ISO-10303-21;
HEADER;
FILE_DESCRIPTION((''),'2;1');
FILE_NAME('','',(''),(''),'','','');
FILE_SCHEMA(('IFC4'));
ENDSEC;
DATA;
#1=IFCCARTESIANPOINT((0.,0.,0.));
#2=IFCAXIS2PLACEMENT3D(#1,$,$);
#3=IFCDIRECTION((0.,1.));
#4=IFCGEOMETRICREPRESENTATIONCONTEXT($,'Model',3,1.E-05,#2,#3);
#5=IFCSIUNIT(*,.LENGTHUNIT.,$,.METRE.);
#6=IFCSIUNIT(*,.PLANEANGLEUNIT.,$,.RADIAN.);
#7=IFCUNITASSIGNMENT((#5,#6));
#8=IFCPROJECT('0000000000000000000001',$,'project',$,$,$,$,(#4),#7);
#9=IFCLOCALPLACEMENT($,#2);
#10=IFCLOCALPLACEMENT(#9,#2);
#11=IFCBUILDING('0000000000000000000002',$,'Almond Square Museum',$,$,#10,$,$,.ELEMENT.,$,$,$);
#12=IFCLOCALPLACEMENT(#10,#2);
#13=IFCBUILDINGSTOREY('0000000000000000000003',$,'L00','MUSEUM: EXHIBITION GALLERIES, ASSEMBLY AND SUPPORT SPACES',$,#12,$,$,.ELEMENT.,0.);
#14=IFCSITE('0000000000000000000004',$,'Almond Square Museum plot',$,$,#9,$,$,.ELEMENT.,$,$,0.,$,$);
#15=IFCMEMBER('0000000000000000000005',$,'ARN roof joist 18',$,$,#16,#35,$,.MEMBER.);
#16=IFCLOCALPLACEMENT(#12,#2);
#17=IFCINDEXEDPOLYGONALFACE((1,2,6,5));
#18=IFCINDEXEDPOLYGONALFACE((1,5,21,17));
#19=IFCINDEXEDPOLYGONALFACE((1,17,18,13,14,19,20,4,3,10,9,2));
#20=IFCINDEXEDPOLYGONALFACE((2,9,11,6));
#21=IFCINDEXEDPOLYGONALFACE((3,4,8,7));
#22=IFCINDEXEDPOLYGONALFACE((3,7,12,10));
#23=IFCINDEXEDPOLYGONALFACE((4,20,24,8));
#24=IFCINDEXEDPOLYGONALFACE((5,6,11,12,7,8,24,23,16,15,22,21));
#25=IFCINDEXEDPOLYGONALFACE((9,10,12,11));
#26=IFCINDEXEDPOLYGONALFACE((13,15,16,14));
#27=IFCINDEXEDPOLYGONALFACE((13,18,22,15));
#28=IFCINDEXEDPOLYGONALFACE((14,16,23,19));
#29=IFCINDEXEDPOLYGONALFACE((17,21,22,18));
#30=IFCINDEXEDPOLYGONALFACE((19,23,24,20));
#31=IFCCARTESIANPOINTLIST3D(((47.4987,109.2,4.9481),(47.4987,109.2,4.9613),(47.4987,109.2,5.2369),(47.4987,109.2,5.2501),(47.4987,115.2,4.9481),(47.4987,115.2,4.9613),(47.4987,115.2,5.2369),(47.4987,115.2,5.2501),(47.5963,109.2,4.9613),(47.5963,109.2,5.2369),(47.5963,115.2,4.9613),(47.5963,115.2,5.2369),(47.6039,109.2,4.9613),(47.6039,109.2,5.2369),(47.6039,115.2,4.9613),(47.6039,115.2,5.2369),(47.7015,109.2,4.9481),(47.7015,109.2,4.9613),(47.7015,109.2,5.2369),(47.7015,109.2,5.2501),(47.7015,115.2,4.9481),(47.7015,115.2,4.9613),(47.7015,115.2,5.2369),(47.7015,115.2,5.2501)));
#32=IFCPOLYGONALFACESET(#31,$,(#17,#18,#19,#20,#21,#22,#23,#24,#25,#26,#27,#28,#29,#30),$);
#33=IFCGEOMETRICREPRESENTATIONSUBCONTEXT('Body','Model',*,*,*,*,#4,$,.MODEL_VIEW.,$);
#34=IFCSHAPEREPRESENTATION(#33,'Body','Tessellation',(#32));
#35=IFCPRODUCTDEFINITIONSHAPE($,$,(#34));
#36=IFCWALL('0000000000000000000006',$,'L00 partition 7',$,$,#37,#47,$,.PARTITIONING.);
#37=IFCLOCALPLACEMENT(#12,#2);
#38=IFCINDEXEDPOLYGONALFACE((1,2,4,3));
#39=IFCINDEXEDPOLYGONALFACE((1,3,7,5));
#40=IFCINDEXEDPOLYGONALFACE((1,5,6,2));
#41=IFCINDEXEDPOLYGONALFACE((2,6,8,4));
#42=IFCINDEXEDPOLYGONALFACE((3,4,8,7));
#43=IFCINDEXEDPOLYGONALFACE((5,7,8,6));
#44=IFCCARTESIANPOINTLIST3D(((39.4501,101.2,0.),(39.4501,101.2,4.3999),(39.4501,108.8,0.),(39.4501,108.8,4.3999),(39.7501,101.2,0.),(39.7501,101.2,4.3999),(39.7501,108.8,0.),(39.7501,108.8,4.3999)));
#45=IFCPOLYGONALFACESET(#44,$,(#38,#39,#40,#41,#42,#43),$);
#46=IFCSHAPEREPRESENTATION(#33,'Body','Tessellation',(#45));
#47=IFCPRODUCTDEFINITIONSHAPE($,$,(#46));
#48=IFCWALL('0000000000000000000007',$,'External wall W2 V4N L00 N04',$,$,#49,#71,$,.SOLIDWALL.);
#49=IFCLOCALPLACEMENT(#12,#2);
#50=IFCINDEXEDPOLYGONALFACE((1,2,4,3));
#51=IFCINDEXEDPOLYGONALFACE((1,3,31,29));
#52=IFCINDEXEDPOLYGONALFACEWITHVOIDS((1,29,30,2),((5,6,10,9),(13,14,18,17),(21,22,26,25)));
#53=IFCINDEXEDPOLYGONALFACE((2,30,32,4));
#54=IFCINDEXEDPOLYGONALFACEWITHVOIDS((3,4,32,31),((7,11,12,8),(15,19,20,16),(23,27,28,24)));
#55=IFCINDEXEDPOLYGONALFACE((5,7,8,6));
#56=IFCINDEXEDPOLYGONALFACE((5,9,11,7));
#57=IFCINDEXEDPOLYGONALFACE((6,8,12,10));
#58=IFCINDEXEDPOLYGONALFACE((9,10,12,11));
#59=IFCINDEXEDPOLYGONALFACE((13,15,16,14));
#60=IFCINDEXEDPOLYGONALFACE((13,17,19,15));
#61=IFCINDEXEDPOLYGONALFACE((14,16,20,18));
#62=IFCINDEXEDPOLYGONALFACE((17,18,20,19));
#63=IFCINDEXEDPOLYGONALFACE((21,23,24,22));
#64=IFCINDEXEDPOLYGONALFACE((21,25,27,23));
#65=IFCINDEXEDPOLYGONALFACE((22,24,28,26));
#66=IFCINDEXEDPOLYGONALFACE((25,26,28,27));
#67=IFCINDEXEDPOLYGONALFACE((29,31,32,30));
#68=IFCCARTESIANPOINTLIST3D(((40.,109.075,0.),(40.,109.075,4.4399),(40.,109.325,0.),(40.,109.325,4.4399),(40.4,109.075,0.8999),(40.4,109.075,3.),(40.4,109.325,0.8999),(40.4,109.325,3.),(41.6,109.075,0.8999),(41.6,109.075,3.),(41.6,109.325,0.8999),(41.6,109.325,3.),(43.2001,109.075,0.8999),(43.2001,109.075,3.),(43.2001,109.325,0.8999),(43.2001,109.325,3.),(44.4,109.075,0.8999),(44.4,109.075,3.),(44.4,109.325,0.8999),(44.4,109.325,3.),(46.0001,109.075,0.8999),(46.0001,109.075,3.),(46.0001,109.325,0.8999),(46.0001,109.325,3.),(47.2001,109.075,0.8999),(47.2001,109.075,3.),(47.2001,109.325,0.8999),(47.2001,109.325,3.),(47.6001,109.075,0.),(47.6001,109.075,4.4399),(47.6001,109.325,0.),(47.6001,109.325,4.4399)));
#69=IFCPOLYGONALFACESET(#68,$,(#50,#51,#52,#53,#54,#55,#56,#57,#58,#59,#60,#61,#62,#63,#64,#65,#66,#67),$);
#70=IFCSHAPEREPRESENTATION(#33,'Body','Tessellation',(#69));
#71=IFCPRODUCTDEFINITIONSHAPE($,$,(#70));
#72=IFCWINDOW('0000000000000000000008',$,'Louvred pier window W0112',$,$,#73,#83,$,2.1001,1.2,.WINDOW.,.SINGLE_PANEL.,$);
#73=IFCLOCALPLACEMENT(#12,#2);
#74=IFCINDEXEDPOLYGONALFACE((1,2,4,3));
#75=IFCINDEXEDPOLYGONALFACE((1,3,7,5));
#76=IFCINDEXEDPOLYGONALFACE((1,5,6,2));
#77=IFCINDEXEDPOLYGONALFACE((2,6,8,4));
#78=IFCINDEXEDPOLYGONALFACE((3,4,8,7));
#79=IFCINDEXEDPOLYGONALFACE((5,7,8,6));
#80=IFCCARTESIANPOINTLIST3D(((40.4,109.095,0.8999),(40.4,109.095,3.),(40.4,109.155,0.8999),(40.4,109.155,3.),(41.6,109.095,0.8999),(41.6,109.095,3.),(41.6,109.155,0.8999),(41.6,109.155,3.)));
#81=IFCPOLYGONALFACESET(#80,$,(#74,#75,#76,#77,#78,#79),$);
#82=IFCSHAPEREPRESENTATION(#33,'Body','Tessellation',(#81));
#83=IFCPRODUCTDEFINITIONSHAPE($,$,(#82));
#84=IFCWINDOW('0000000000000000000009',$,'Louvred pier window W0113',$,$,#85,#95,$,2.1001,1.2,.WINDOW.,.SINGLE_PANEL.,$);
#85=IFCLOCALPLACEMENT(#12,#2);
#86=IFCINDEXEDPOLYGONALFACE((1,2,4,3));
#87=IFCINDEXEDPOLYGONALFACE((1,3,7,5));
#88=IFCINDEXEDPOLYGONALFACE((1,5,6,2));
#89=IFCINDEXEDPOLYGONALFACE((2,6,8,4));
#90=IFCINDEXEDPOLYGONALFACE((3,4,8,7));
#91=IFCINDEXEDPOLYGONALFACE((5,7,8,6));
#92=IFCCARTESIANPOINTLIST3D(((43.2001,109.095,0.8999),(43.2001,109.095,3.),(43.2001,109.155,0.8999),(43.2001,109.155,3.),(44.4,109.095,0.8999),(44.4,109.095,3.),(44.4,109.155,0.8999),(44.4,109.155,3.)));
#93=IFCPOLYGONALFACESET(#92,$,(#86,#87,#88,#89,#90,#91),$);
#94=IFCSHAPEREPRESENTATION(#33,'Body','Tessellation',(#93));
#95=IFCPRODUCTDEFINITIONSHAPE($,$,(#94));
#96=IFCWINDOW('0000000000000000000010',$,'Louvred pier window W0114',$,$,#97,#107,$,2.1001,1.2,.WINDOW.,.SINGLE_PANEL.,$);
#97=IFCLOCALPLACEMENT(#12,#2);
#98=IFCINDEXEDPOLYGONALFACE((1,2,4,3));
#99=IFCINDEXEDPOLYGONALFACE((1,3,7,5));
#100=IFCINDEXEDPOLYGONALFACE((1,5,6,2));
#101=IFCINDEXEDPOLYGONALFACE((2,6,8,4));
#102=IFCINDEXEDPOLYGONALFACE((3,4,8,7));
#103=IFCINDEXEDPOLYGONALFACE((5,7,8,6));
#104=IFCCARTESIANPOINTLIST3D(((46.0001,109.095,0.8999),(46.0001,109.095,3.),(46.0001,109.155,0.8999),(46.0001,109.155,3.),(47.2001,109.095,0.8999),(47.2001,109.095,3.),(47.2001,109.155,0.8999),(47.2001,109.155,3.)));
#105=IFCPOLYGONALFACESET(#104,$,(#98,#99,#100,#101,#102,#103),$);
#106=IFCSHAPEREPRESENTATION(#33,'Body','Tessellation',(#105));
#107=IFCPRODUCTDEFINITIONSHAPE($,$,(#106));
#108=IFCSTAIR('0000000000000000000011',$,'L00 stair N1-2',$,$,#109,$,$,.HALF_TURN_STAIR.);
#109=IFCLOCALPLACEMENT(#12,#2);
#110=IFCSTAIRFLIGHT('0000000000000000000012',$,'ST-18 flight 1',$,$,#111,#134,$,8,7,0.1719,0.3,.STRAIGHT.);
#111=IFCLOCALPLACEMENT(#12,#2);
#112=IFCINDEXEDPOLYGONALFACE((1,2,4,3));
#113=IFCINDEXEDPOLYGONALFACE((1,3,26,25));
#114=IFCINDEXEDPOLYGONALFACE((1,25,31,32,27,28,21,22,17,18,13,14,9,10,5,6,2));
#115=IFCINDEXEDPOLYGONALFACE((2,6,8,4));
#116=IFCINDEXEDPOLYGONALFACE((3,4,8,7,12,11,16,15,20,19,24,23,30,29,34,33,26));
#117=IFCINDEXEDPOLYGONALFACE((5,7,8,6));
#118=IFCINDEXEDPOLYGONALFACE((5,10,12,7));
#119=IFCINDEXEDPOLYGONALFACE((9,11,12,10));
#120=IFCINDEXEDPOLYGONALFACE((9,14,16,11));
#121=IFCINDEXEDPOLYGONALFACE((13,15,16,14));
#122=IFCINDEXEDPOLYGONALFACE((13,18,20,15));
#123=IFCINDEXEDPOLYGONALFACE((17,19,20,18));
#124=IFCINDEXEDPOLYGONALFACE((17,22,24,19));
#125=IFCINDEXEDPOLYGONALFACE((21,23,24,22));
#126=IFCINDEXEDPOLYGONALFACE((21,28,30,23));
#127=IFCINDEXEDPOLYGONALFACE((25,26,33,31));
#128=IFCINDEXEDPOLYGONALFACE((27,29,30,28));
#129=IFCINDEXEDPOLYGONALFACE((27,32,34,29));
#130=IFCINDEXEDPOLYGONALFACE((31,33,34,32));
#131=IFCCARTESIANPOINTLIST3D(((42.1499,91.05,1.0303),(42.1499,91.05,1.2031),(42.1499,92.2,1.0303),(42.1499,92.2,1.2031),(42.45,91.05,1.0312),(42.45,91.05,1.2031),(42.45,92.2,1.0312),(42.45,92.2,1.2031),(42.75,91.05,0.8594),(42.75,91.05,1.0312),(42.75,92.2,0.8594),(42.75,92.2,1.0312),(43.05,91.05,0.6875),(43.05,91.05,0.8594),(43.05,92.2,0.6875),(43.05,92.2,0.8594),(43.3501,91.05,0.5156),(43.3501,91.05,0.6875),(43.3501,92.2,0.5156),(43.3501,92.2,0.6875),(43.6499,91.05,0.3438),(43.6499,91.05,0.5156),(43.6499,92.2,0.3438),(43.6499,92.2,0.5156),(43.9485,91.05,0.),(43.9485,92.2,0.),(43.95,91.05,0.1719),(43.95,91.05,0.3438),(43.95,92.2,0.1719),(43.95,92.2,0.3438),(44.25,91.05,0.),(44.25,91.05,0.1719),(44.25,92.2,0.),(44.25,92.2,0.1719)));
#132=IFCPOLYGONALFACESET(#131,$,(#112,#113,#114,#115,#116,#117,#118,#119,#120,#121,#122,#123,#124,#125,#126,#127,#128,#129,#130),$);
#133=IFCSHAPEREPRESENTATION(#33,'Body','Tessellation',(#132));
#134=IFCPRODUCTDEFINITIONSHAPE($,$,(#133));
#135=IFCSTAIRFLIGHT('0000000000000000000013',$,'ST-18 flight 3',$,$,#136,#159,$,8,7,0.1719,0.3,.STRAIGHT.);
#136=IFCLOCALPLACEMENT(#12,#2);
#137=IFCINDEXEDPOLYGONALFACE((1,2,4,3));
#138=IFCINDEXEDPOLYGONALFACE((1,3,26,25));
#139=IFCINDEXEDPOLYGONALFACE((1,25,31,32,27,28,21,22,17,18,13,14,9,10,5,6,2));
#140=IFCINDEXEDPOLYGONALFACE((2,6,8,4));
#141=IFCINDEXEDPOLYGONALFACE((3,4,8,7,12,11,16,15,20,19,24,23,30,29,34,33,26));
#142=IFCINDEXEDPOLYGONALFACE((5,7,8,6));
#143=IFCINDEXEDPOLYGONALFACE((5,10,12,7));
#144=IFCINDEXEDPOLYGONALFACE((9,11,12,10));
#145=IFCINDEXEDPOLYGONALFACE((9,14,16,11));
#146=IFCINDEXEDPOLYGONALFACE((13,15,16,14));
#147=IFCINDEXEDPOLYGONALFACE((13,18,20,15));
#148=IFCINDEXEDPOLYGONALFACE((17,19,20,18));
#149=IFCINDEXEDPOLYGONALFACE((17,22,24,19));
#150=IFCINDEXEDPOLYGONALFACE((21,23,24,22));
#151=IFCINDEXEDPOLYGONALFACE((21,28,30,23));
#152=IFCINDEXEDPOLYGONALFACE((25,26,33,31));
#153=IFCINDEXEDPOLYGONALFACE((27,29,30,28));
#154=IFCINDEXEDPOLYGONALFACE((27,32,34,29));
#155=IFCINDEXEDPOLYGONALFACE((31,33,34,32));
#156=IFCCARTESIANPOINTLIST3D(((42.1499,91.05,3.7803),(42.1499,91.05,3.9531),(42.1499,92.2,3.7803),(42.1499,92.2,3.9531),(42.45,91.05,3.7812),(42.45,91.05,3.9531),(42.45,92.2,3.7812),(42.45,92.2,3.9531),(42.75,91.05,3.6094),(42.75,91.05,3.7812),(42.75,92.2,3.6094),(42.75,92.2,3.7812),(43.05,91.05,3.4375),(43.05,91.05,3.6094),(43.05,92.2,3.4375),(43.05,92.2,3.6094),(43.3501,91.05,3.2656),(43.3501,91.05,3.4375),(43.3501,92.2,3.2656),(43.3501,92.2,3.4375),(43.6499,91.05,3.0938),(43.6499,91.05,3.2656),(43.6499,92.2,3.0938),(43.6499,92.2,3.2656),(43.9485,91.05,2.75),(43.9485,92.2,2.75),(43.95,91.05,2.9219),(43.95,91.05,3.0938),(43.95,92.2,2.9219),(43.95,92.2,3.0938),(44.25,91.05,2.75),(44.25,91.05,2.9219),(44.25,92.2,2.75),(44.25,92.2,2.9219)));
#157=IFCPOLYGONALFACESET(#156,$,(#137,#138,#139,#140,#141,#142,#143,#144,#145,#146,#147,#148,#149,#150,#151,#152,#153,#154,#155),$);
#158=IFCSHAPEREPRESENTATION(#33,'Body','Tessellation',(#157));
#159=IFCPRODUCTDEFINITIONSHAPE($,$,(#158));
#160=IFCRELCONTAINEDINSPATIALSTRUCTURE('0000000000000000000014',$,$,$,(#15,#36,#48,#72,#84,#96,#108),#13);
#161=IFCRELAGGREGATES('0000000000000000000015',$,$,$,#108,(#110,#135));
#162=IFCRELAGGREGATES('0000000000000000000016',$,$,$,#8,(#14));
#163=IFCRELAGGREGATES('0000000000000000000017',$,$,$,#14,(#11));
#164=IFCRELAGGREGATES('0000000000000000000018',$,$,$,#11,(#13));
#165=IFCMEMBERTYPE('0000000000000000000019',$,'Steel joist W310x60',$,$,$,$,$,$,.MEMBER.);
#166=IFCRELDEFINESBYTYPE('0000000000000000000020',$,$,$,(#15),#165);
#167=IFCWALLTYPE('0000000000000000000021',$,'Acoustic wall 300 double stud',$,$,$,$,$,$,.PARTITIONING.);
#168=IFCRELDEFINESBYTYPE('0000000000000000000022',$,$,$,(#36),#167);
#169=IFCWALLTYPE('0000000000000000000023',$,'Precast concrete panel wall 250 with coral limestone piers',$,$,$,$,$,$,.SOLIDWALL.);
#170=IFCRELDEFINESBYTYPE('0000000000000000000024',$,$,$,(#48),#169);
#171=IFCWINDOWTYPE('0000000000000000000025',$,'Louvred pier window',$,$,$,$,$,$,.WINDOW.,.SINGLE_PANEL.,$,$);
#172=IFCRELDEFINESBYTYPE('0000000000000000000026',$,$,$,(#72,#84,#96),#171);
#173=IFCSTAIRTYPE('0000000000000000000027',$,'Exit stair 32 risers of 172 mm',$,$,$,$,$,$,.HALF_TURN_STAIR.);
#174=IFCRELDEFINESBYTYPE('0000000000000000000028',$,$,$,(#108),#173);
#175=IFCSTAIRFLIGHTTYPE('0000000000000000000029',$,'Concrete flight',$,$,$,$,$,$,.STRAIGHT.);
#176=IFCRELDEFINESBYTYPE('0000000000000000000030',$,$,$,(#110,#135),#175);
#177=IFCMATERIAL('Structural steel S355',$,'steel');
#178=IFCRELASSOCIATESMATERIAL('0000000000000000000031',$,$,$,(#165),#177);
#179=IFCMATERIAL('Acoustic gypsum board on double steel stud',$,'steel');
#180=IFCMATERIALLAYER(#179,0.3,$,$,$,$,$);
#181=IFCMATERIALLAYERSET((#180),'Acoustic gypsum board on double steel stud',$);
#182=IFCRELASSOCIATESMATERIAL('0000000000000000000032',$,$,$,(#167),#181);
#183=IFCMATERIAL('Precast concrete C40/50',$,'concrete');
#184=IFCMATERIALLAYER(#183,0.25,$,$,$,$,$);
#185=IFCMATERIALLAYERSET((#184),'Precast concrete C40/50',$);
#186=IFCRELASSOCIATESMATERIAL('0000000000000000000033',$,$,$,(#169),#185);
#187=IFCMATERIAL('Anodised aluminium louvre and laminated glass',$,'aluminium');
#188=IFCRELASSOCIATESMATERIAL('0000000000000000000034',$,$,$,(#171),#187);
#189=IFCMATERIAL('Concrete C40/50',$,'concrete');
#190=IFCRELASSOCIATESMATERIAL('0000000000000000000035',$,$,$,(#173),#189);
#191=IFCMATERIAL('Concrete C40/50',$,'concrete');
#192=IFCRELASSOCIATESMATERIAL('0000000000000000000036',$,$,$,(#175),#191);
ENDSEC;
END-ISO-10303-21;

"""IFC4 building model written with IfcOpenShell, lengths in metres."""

from ifc_helpers import new_model, si_unit, direction, frame, frame_2d, origin, origin_2d, place, context, subcontext, project, spatial, polyline, rectangle, i_section, outline, extrude, material, layer, layer_set, material_profile, profile_set, type_object, element, fill, aggregate, save


model = new_model("IFC4")

# Units and contexts
model_context = context("Model", 3, precision=1e-05, world=origin(), true_north=direction((0.0, 1.0)))
body_context = subcontext(model_context, "Body", "Model", "MODEL_VIEW")
ifc_project = project(units=[si_unit("LENGTHUNIT", "METRE"), si_unit("PLANEANGLEUNIT", "RADIAN")], contexts=[model_context])

# Site, building, storey
site_placement = place(None, origin())
site = spatial("IfcSite", under=ifc_project, at=site_placement, Name="Almond Square Museum plot", CompositionType="ELEMENT", RefElevation=0.0)
building_placement = place(site_placement, origin())
building = spatial("IfcBuilding", under=site, at=building_placement, Name="Almond Square Museum", CompositionType="ELEMENT")
storey_placement = place(building_placement, origin())
storey = spatial("IfcBuildingStorey", under=building, at=storey_placement, Name="L00", Description="MUSEUM: EXHIBITION GALLERIES, ASSEMBLY AND SUPPORT SPACES", CompositionType="ELEMENT", Elevation=0.0)

# Member
ifc_material_1 = material(Name="Structural steel S355", Category="steel")
ifc_material_profile_1 = material_profile(ifc_material_1, i_section(OverallWidth=0.2029, OverallDepth=0.302, WebThickness=0.0076, FlangeThickness=0.0132, at=origin_2d()))
ifc_profile_set_1 = profile_set([ifc_material_profile_1], Name="Structural steel S355")
member_type = type_object("IfcMemberType", Name="Steel joist W310x60", PredefinedType="MEMBER", material=ifc_profile_set_1)
for number, where, z_axis, x_axis, name in (
    (1, (47.6001, 109.2, 5.0991), (0.0, 1.0, 0.0), (-1.0, 0.0, 0.0), "ARN roof joist 18"),
):
    element("IfcMember", number, at=place(storey_placement, frame(where, z_axis=z_axis, x_axis=x_axis)), inside=storey, type_object=member_type, Name=name, PredefinedType="MEMBER", context=body_context, shape_type="SweptSolid", body=[
        extrude(i_section(OverallWidth=0.2029, OverallDepth=0.302, WebThickness=0.0076, FlangeThickness=0.0132, at=origin_2d()), origin(), (0.0, 0.0, 1.0), 6.0),
    ])

# Wall
ifc_material_2 = material(Name="Acoustic gypsum board on double steel stud", Category="steel")
ifc_layer_1 = layer(ifc_material_2, 0.3)
ifc_layer_set_1 = layer_set([ifc_layer_1], Name="Acoustic gypsum board on double steel stud")
wall_type_1 = type_object("IfcWallType", Name="Acoustic wall 300 double stud", PredefinedType="PARTITIONING", material=ifc_layer_set_1)
wall_1_placement = place(storey_placement, frame((39.6001, 101.2, 0.0), z_axis=(0.0, 0.0, 1.0), x_axis=(0.0, 1.0, 0.0)))
element("IfcWall", 2, at=wall_1_placement, inside=storey, type_object=wall_type_1, Name="L00 partition 7", PredefinedType="PARTITIONING", context=body_context, shape_type="SweptSolid", body=[
    extrude(rectangle(XDim=7.6001, YDim=0.3, at=frame_2d((3.8, 0.0))), origin(), (0.0, 0.0, 1.0), 4.3999),
])

# Wall, openings, windows
ifc_material_3 = material(Name="Precast concrete C40/50", Category="concrete")
ifc_layer_2 = layer(ifc_material_3, 0.25)
ifc_layer_set_2 = layer_set([ifc_layer_2], Name="Precast concrete C40/50")
wall_type_2 = type_object("IfcWallType", Name="Precast concrete panel wall 250 with coral limestone piers", PredefinedType="SOLIDWALL", material=ifc_layer_set_2)
wall_2_placement = place(storey_placement, frame((40.0, 109.2, 0.0), z_axis=(0.0, 0.0, 1.0), x_axis=(1.0, 0.0, 0.0)))
wall_2 = element("IfcWall", 3, at=wall_2_placement, inside=storey, type_object=wall_type_2, Name="External wall W2 V4N L00 N04", PredefinedType="SOLIDWALL", context=body_context, shape_type="SweptSolid", body=[
    extrude(rectangle(XDim=7.6001, YDim=0.25, at=frame_2d((3.8, 0.0))), origin(), (0.0, 0.0, 1.0), 4.4399),
])
opening_1_placement = place(wall_2_placement, frame((0.3999, 0.0, 0.8999)))
opening_1 = element("IfcOpeningElement", 4, at=opening_1_placement, cuts=wall_2, PredefinedType="OPENING", context=body_context, shape_type="SweptSolid", body=[
    extrude(rectangle(XDim=1.2, YDim=2.1001, at=frame_2d((0.6001, 1.05))), frame((0.0, 0.135, 0.0), z_axis=(0.0, -1.0, 0.0), x_axis=(1.0, 0.0, 0.0)), (0.0, 0.0, 1.0), 0.27),
])
opening_2_placement = place(wall_2_placement, frame((3.2, 0.0, 0.8999)))
opening_2 = element("IfcOpeningElement", 5, at=opening_2_placement, cuts=wall_2, PredefinedType="OPENING", context=body_context, shape_type="SweptSolid", body=[
    extrude(rectangle(XDim=1.2, YDim=2.1001, at=frame_2d((0.6001, 1.05))), frame((0.0, 0.135, 0.0), z_axis=(0.0, -1.0, 0.0), x_axis=(1.0, 0.0, 0.0)), (0.0, 0.0, 1.0), 0.27),
])
opening_3_placement = place(wall_2_placement, frame((6.0, 0.0, 0.8999)))
opening_3 = element("IfcOpeningElement", 6, at=opening_3_placement, cuts=wall_2, PredefinedType="OPENING", context=body_context, shape_type="SweptSolid", body=[
    extrude(rectangle(XDim=1.2, YDim=2.1001, at=frame_2d((0.6001, 1.05))), frame((0.0, 0.135, 0.0), z_axis=(0.0, -1.0, 0.0), x_axis=(1.0, 0.0, 0.0)), (0.0, 0.0, 1.0), 0.27),
])
ifc_material_4 = material(Name="Anodised aluminium louvre and laminated glass", Category="aluminium")
window_type = type_object("IfcWindowType", Name="Louvred pier window", PartitioningType="SINGLE_PANEL", PredefinedType="WINDOW", material=ifc_material_4)
window_1_placement = place(opening_1_placement, origin())
window_1 = element("IfcWindow", 7, at=window_1_placement, inside=storey, type_object=window_type, Name="Louvred pier window W0112", OverallHeight=2.1001, OverallWidth=1.2, PartitioningType="SINGLE_PANEL", PredefinedType="WINDOW", context=body_context, shape_type="SweptSolid", body=[
    extrude(rectangle(XDim=1.2, YDim=2.1001, at=frame_2d((0.6001, 1.05))), frame((0.0, -0.0449, 0.0), z_axis=(0.0, -1.0, 0.0), x_axis=(1.0, 0.0, 0.0)), (0.0, 0.0, 1.0), 0.0601),
])
fill(opening_1, window_1)
window_2_placement = place(opening_2_placement, origin())
window_2 = element("IfcWindow", 8, at=window_2_placement, inside=storey, type_object=window_type, Name="Louvred pier window W0113", OverallHeight=2.1001, OverallWidth=1.2, PartitioningType="SINGLE_PANEL", PredefinedType="WINDOW", context=body_context, shape_type="SweptSolid", body=[
    extrude(rectangle(XDim=1.2, YDim=2.1001, at=frame_2d((0.6001, 1.05))), frame((0.0, -0.0449, 0.0), z_axis=(0.0, -1.0, 0.0), x_axis=(1.0, 0.0, 0.0)), (0.0, 0.0, 1.0), 0.0601),
])
fill(opening_2, window_2)
window_3_placement = place(opening_3_placement, origin())
window_3 = element("IfcWindow", 9, at=window_3_placement, inside=storey, type_object=window_type, Name="Louvred pier window W0114", OverallHeight=2.1001, OverallWidth=1.2, PartitioningType="SINGLE_PANEL", PredefinedType="WINDOW", context=body_context, shape_type="SweptSolid", body=[
    extrude(rectangle(XDim=1.2, YDim=2.1001, at=frame_2d((0.6001, 1.05))), frame((0.0, -0.0449, 0.0), z_axis=(0.0, -1.0, 0.0), x_axis=(1.0, 0.0, 0.0)), (0.0, 0.0, 1.0), 0.0601),
])
fill(opening_3, window_3)

# Stair, stair flights
ifc_material_5 = material(Name="Concrete C40/50", Category="concrete")
stair_type = type_object("IfcStairType", Name="Exit stair 32 risers of 172 mm", PredefinedType="HALF_TURN_STAIR", material=ifc_material_5)
stair_placement = place(storey_placement, origin())
stair = element("IfcStair", 10, at=stair_placement, inside=storey, type_object=stair_type, Name="L00 stair N1-2", PredefinedType="HALF_TURN_STAIR")
ifc_material_6 = material(Name="Concrete C40/50", Category="concrete")
stair_flight_type = type_object("IfcStairFlightType", Name="Concrete flight", PredefinedType="STRAIGHT", material=ifc_material_6)
stair_flight_1_placement = place(storey_placement, frame((44.25, 91.625, 0.0), z_axis=(0.0, 0.0, 1.0), x_axis=(-1.0, 0.0, 0.0)))
stair_flight_1 = element("IfcStairFlight", 11, at=stair_flight_1_placement, type_object=stair_flight_type, Name="ST-18 flight 1", NumberOfRisers=8, NumberOfTreads=7, PredefinedType="STRAIGHT", RiserHeight=0.1719, TreadLength=0.3, context=body_context, shape_type="SweptSolid", body=[
    extrude(outline(polyline([(0.0, 0.0), (0.0, 0.1719), (0.3, 0.1719), (0.3, 0.3438), (0.6001, 0.3438), (0.6001, 0.5156), (0.8999, 0.5156), (0.8999, 0.6875), (1.2, 0.6875), (1.2, 0.8594), (1.5, 0.8594), (1.5, 1.0312), (1.8, 1.0312), (1.8, 1.2031), (2.1001, 1.2031), (2.1001, 1.375), (2.1001, 1.0303), (0.3015, 0.0), (0.0, 0.0)])), frame((0.0, 0.575, 0.0), z_axis=(0.0, -1.0, 0.0), x_axis=(1.0, 0.0, 0.0)), (0.0, 0.0, 1.0), 1.1499),
])
stair_flight_2_placement = place(storey_placement, frame((44.25, 91.625, 2.75), z_axis=(0.0, 0.0, 1.0), x_axis=(-1.0, 0.0, 0.0)))
stair_flight_2 = element("IfcStairFlight", 12, at=stair_flight_2_placement, type_object=stair_flight_type, Name="ST-18 flight 3", NumberOfRisers=8, NumberOfTreads=7, PredefinedType="STRAIGHT", RiserHeight=0.1719, TreadLength=0.3, context=body_context, shape_type="SweptSolid", body=[
    extrude(outline(polyline([(0.0, 0.0), (0.0, 0.1719), (0.3, 0.1719), (0.3, 0.3438), (0.6001, 0.3438), (0.6001, 0.5156), (0.8999, 0.5156), (0.8999, 0.6875), (1.2, 0.6875), (1.2, 0.8594), (1.5, 0.8594), (1.5, 1.0312), (1.8, 1.0312), (1.8, 1.2031), (2.1001, 1.2031), (2.1001, 1.375), (2.1001, 1.0303), (0.3015, 0.0), (0.0, 0.0)])), frame((0.0, 0.575, 0.0), z_axis=(0.0, -1.0, 0.0), x_axis=(1.0, 0.0, 0.0)), (0.0, 0.0, 1.0), 1.1499),
])
aggregate(stair, [stair_flight_1, stair_flight_2])

save(model, "model.ifc")
